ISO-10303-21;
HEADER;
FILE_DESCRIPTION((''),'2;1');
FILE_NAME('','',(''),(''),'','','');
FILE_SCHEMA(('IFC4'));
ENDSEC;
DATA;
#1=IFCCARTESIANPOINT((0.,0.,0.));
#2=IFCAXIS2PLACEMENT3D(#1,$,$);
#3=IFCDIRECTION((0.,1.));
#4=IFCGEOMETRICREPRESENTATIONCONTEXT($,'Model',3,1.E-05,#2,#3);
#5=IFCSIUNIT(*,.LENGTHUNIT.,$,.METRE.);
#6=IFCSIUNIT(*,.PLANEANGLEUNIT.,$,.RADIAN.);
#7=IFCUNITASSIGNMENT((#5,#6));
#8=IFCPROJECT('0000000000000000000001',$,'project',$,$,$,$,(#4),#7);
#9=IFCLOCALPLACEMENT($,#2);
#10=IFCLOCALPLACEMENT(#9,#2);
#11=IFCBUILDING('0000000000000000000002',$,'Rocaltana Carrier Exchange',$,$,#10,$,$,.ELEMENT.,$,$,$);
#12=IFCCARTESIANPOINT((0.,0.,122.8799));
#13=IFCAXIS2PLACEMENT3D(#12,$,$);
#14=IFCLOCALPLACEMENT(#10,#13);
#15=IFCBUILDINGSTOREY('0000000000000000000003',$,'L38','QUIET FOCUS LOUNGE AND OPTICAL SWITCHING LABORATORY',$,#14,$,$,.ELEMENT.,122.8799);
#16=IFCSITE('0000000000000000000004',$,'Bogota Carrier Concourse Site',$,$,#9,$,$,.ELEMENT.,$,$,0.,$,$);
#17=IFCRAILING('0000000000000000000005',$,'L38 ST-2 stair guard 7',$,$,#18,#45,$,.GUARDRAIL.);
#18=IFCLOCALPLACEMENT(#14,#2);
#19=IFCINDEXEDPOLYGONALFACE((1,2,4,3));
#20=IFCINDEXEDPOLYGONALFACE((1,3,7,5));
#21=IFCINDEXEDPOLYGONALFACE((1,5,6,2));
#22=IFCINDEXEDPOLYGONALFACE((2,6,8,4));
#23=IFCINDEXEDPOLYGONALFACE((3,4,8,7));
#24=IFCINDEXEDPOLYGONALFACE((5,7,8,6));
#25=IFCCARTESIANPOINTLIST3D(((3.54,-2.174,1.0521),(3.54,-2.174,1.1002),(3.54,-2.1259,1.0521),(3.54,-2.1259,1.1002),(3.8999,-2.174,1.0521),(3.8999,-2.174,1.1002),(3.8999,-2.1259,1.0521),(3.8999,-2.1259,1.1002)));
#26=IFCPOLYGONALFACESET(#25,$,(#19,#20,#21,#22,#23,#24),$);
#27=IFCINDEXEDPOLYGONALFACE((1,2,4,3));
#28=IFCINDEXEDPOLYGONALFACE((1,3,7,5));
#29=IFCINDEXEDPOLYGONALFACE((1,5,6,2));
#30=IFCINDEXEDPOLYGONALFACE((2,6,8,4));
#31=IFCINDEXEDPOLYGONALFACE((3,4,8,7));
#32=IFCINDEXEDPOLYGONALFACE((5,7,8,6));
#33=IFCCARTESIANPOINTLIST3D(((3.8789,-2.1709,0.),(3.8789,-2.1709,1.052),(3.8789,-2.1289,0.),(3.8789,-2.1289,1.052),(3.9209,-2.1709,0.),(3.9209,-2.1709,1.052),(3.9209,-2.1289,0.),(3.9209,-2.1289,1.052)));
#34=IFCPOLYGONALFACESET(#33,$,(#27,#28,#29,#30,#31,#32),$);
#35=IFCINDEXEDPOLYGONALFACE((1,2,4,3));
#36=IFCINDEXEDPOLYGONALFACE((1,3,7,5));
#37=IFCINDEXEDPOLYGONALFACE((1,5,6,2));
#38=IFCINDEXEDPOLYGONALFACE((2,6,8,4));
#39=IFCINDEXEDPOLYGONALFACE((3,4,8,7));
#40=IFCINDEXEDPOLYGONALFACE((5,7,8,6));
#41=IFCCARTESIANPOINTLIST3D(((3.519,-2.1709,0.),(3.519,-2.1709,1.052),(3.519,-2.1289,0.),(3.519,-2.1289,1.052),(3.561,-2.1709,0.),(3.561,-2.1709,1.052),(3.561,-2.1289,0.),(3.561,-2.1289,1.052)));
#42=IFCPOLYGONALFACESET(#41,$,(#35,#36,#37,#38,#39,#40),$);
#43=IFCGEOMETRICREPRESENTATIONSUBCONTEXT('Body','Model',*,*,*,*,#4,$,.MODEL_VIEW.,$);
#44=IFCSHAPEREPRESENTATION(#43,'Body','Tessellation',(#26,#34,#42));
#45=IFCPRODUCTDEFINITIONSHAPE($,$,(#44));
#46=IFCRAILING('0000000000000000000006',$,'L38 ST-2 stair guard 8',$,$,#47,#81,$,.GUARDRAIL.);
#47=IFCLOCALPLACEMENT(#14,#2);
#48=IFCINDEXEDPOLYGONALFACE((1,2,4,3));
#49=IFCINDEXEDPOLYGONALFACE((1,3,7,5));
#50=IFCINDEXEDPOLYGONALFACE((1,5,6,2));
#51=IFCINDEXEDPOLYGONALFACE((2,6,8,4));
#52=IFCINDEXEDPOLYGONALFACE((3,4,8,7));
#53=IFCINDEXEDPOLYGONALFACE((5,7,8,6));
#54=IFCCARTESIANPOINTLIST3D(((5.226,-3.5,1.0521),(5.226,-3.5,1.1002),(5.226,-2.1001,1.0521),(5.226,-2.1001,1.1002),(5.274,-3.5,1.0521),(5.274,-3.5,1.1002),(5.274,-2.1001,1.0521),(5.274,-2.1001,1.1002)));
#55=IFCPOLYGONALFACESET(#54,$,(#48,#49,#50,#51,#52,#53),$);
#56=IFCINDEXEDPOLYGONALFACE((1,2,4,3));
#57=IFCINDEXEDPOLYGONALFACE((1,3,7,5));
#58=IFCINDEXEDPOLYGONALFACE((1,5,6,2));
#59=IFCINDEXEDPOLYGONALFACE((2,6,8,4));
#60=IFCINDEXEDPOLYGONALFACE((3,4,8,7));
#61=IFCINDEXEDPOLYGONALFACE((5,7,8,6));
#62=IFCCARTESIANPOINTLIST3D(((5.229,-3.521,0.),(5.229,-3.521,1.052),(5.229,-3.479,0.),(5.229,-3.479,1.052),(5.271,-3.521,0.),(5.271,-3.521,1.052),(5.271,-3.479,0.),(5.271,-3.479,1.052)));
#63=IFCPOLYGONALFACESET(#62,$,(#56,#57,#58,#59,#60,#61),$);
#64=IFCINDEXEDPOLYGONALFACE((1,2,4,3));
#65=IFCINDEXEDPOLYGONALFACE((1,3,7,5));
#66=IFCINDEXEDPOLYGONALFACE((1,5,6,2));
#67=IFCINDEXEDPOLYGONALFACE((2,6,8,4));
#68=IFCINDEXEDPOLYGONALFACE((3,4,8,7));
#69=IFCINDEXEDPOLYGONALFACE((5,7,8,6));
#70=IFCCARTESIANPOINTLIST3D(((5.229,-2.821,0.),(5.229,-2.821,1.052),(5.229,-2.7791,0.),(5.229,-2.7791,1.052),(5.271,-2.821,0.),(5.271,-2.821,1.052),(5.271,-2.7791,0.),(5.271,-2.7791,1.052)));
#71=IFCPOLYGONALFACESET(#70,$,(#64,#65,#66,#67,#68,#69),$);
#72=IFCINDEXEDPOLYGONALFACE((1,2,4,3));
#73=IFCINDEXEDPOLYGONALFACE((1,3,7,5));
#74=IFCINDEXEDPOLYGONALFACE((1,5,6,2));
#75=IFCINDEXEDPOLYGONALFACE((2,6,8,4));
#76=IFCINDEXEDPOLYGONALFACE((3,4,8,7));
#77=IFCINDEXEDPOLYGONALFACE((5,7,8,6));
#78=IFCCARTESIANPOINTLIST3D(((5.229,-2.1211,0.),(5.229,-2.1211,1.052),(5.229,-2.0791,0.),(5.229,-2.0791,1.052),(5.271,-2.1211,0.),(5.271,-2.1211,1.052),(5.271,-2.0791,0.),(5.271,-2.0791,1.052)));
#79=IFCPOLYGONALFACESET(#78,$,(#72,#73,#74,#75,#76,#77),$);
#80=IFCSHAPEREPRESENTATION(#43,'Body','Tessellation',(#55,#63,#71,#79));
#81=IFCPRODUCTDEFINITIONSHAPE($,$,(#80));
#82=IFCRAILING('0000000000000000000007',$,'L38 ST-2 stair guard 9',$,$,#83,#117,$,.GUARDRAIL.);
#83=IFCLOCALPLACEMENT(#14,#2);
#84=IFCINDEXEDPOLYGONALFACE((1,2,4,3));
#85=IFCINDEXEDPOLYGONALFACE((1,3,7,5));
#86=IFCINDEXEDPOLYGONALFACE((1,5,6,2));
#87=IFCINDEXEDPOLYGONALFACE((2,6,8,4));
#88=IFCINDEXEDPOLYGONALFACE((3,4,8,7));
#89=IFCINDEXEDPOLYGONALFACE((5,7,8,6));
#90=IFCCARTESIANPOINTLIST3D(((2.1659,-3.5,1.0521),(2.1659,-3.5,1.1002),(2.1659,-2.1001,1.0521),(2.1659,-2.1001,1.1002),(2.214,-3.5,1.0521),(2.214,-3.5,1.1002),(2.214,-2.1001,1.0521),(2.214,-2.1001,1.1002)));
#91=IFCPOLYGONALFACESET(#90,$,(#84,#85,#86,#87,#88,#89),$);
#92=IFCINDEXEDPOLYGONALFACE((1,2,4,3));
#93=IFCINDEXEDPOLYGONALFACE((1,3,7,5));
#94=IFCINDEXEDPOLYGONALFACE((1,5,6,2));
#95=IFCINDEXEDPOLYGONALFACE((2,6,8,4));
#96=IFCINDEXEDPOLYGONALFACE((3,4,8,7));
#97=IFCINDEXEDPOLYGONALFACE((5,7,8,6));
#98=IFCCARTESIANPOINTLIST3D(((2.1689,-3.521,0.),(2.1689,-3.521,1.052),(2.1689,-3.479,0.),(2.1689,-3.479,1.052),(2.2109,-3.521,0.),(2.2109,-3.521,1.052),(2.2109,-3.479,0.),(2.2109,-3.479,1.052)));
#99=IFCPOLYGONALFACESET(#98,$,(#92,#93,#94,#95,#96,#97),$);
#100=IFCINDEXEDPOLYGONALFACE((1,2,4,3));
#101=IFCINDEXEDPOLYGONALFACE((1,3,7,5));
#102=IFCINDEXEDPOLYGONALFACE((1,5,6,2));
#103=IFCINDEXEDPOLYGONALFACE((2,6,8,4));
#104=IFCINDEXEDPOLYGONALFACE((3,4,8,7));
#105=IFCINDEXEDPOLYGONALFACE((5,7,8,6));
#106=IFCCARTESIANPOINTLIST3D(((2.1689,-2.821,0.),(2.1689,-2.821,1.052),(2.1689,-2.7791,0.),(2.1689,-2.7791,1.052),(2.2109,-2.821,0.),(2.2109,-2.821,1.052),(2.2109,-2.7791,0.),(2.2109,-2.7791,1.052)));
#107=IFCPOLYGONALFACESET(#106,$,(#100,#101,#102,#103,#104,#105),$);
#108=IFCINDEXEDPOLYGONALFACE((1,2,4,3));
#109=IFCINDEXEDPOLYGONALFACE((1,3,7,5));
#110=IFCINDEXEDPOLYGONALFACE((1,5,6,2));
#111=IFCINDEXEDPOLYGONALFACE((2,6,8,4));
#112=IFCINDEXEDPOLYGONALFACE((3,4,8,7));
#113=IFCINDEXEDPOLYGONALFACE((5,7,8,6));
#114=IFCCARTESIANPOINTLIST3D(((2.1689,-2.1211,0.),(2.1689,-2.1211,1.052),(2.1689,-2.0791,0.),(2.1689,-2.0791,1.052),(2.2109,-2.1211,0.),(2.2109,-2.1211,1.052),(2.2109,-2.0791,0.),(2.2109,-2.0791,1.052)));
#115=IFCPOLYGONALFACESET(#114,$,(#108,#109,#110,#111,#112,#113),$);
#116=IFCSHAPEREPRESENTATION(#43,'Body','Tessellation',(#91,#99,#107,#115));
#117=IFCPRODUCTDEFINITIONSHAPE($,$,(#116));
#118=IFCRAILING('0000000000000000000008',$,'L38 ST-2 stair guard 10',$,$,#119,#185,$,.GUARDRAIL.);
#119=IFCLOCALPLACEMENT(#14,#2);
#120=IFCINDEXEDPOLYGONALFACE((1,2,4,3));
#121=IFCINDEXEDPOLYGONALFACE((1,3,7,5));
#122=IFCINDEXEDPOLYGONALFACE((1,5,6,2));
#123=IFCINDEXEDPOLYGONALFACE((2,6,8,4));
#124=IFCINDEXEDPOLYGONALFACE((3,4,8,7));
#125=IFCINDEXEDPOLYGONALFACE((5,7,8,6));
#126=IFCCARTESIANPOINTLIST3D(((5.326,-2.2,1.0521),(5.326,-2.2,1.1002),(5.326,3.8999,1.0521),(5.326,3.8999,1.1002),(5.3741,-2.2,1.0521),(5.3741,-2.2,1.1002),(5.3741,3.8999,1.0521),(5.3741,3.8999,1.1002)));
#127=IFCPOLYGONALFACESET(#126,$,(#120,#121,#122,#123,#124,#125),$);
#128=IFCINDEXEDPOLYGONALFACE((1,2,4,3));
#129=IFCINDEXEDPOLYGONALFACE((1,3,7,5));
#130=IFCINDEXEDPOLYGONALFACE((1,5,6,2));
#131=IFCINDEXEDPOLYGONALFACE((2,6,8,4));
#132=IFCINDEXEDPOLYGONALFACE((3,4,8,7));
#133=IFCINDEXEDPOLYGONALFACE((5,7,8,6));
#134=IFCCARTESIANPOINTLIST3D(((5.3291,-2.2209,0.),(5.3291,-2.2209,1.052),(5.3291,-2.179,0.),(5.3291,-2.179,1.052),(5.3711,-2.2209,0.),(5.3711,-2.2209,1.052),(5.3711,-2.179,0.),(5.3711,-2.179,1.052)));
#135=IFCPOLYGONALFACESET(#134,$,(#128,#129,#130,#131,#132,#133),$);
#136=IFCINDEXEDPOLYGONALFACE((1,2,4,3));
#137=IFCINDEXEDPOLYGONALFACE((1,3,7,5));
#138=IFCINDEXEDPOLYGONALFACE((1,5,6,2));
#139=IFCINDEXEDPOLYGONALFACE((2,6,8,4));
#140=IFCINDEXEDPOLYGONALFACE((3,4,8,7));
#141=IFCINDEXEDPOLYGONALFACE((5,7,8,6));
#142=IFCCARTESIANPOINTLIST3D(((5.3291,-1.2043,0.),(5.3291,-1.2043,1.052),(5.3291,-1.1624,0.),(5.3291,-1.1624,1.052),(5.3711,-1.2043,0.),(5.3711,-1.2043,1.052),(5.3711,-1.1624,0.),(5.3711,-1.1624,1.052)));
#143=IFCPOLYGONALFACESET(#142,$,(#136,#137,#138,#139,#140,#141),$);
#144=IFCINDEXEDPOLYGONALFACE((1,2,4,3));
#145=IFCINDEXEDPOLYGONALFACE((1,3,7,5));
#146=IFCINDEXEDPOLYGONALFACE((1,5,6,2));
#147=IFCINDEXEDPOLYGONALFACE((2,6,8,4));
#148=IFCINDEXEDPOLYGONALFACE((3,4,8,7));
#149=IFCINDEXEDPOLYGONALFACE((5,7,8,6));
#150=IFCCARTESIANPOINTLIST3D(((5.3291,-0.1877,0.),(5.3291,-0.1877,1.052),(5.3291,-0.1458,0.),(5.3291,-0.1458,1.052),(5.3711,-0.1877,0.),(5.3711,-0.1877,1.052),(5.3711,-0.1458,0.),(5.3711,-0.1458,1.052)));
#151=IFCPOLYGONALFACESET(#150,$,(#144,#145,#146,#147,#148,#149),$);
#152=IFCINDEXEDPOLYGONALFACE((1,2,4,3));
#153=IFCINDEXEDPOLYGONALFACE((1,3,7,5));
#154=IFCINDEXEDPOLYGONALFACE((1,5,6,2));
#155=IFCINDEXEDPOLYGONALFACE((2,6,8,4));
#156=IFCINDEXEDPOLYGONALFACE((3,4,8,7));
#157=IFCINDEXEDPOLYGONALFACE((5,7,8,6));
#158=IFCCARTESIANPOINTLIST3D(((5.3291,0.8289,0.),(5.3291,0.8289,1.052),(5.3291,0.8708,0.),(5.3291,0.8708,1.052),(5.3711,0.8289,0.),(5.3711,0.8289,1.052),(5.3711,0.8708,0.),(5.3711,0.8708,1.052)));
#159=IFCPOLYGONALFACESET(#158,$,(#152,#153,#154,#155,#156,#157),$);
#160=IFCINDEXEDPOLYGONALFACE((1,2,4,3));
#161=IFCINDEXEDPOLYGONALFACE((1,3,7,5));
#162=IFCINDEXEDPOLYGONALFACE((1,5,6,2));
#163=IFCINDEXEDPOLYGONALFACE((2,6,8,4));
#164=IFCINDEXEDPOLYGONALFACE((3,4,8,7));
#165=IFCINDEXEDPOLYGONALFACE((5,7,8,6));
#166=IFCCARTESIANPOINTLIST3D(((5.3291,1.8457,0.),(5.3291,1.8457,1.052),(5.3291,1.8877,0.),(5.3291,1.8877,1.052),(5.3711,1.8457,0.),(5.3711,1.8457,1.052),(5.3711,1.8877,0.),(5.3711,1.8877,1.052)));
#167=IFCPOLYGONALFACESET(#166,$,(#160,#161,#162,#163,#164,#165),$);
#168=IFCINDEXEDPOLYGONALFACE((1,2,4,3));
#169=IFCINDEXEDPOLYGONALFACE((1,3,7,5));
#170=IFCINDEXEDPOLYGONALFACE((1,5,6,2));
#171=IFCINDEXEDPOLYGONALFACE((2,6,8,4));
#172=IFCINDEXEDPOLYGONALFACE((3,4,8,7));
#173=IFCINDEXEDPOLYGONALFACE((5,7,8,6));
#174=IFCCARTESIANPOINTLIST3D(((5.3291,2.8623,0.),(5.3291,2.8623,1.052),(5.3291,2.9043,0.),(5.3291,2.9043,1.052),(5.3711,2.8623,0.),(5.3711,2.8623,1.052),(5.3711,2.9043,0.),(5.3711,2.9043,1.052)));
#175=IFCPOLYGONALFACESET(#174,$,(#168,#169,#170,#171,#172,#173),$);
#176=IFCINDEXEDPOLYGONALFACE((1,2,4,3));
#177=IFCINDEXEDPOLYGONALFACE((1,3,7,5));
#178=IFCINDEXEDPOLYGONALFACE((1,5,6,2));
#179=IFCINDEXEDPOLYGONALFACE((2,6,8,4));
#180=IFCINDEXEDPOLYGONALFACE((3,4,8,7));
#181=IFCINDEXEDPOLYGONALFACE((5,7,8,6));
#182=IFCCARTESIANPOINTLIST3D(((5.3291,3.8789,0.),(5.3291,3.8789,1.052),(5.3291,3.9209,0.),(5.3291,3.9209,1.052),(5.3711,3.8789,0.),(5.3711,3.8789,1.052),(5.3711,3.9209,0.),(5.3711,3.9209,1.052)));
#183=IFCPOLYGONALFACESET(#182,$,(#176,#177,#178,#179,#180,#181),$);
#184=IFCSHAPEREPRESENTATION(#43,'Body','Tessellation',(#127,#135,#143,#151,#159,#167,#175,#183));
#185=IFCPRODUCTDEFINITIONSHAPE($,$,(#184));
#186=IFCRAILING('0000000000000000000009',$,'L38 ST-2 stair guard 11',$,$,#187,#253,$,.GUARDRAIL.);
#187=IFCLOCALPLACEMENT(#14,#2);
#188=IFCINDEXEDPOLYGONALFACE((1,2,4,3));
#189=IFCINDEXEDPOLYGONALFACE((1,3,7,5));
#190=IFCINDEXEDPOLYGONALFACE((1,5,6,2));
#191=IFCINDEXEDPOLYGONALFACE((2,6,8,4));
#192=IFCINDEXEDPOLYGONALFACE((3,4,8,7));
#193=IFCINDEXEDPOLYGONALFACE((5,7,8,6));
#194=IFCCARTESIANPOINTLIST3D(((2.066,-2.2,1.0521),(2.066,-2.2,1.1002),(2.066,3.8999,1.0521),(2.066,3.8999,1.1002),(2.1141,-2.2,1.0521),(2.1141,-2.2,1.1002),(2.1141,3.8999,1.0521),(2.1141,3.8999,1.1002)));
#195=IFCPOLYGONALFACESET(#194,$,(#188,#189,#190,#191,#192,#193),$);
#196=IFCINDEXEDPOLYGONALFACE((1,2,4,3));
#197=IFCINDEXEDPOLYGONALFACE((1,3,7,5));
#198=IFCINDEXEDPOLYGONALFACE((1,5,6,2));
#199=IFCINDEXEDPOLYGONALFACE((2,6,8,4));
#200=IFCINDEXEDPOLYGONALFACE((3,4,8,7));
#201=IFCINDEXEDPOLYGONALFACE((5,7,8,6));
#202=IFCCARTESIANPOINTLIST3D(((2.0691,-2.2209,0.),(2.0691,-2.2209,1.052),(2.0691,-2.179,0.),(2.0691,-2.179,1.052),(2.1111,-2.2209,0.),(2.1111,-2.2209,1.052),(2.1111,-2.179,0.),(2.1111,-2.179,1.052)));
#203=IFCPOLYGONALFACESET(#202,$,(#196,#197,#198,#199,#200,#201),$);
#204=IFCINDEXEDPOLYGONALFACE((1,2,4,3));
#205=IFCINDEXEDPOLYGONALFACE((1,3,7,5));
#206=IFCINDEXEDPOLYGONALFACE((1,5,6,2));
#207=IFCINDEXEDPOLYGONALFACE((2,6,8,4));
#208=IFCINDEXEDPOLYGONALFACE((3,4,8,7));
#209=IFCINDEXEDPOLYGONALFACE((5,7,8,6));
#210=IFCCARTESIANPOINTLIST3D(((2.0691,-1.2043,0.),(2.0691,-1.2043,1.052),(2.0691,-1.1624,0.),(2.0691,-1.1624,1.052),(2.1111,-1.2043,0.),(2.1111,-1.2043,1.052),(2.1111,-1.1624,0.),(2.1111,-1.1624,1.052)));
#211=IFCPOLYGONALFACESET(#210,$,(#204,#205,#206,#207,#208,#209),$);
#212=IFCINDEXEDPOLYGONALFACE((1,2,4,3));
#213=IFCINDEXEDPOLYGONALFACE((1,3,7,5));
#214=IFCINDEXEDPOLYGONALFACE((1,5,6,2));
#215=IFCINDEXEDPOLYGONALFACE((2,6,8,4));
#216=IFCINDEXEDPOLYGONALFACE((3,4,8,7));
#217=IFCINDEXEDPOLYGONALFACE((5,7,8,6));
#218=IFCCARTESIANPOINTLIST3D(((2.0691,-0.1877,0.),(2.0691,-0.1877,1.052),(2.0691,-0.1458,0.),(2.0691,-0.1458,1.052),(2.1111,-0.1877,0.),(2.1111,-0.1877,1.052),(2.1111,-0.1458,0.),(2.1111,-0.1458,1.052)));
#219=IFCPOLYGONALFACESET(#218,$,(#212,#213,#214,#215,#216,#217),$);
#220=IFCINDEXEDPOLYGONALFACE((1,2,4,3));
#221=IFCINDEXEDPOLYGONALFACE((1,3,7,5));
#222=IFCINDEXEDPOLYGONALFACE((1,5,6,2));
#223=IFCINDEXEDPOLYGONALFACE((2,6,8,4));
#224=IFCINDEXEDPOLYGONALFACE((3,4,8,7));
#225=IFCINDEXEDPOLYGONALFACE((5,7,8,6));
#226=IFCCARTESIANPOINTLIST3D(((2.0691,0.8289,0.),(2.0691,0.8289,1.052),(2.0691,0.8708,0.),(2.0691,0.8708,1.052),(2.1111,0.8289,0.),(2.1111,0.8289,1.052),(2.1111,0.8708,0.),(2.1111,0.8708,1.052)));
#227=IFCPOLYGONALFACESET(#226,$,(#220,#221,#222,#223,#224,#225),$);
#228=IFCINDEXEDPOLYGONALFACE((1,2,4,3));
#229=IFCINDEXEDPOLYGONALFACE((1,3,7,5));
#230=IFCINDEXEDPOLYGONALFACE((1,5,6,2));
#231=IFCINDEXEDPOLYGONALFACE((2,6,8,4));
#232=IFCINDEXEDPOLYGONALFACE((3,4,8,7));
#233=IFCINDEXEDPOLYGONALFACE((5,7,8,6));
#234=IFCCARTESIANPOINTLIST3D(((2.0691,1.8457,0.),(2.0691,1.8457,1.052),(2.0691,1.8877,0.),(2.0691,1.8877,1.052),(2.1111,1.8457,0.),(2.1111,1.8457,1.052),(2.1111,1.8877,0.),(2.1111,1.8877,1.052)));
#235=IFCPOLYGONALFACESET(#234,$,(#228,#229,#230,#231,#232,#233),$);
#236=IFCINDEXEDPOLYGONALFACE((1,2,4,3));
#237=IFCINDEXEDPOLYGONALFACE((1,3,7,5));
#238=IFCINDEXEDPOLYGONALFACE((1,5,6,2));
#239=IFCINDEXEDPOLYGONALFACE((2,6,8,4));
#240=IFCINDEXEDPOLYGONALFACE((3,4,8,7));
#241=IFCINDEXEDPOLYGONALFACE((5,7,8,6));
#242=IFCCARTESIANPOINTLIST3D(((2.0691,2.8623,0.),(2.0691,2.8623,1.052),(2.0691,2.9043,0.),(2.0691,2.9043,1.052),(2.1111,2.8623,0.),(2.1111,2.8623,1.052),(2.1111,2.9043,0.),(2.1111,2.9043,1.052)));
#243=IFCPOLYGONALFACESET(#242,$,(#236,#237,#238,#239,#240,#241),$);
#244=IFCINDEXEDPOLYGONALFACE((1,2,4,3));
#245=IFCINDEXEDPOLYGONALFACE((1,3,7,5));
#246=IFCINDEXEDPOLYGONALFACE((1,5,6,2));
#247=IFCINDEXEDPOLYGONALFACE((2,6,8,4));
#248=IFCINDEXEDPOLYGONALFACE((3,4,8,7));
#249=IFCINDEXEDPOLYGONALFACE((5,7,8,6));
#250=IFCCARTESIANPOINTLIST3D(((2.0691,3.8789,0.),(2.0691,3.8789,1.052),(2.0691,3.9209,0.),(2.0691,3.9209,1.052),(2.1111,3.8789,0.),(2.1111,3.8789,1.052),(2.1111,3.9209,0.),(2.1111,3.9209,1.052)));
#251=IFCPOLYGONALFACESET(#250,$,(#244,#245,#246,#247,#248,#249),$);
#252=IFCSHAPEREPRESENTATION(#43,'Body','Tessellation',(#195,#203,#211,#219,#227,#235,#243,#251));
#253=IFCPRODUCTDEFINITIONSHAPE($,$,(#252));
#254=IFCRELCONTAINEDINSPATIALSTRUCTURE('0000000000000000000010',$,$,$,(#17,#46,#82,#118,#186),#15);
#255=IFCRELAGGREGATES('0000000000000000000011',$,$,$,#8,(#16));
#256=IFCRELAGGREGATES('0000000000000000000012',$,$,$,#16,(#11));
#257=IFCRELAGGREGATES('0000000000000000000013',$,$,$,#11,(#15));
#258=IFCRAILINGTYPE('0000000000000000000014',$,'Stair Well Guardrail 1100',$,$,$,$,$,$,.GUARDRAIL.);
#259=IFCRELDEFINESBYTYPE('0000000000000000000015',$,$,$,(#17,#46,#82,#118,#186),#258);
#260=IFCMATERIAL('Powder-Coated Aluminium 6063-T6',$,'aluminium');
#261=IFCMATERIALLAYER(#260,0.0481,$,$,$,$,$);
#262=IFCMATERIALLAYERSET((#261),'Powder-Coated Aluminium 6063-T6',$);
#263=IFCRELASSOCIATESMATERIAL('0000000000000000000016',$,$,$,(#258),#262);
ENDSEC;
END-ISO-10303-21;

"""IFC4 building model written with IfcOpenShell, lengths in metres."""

from ifc_helpers import new_model, si_unit, direction, frame, origin, origin_2d, place, context, subcontext, project, spatial, rectangle, extrude, material, layer, layer_set, type_object, element, save


model = new_model("IFC4")

# Units and contexts
model_context = context("Model", 3, precision=1e-05, world=origin(), true_north=direction((0.0, 1.0)))
body_context = subcontext(model_context, "Body", "Model", "MODEL_VIEW")
ifc_project = project(units=[si_unit("LENGTHUNIT", "METRE"), si_unit("PLANEANGLEUNIT", "RADIAN")], contexts=[model_context])

# Site, building, storey
site_placement = place(None, origin())
site = spatial("IfcSite", under=ifc_project, at=site_placement, Name="Bogota Carrier Concourse Site", CompositionType="ELEMENT", RefElevation=0.0)
building_placement = place(site_placement, origin())
building = spatial("IfcBuilding", under=site, at=building_placement, Name="Rocaltana Carrier Exchange", CompositionType="ELEMENT")
storey_placement = place(building_placement, frame((0.0, 0.0, 122.8799)))
storey = spatial("IfcBuildingStorey", under=building, at=storey_placement, Name="L38", Description="QUIET FOCUS LOUNGE AND OPTICAL SWITCHING LABORATORY", CompositionType="ELEMENT", Elevation=122.8799)

# Railings
ifc_material_1 = material(Name="Powder-Coated Aluminium 6063-T6", Category="aluminium")
ifc_layer_1 = layer(ifc_material_1, 0.0481)
ifc_layer_set_1 = layer_set([ifc_layer_1], Name="Powder-Coated Aluminium 6063-T6")
railing_type_1 = type_object("IfcRailingType", Name="Stair Well Guardrail 1100", PredefinedType="GUARDRAIL", material=ifc_layer_set_1)
railing_1_placement = place(storey_placement, frame((3.8999, -2.1499, 0.0)))
element("IfcRailing", 1, at=railing_1_placement, inside=storey, type_object=railing_type_1, Name="L38 ST-2 stair guard 7", PredefinedType="GUARDRAIL", context=body_context, shape_type="SweptSolid", body=[
    extrude(rectangle(XDim=0.0481, YDim=0.0481, at=origin_2d()), frame((0.0, 0.0, 1.0762), z_axis=(-1.0, 0.0, 0.0), x_axis=(0.0, -1.0, 0.0)), (0.0, 0.0, 1.0), 0.3599),
    extrude(rectangle(XDim=0.042, YDim=0.042, at=origin_2d()), origin(), (0.0, 0.0, 1.0), 1.052),
    extrude(rectangle(XDim=0.042, YDim=0.042, at=origin_2d()), frame((-0.3599, 0.0, 0.0)), (0.0, 0.0, 1.0), 1.052),
])
for number, where, name in (
    (2, (5.25, -3.5, 0.0), "L38 ST-2 stair guard 8"),
    (3, (2.1899, -3.5, 0.0), "L38 ST-2 stair guard 9"),
):
    element("IfcRailing", number, at=place(storey_placement, frame(where)), inside=storey, type_object=railing_type_1, Name=name, PredefinedType="GUARDRAIL", context=body_context, shape_type="SweptSolid", body=[
        extrude(rectangle(XDim=0.0481, YDim=0.0481, at=origin_2d()), frame((0.0, 0.0, 1.0762), z_axis=(0.0, 1.0, 0.0), x_axis=(-1.0, 0.0, 0.0)), (0.0, 0.0, 1.0), 1.3999),
        extrude(rectangle(XDim=0.042, YDim=0.042, at=origin_2d()), origin(), (0.0, 0.0, 1.0), 1.052),
        extrude(rectangle(XDim=0.042, YDim=0.042, at=origin_2d()), frame((0.0, 0.7, 0.0)), (0.0, 0.0, 1.0), 1.052),
        extrude(rectangle(XDim=0.042, YDim=0.042, at=origin_2d()), frame((0.0, 1.3999, 0.0)), (0.0, 0.0, 1.0), 1.052),
    ])
for number, where, name in (
    (4, (5.3501, -2.2, 0.0), "L38 ST-2 stair guard 10"),
    (5, (2.0901, -2.2, 0.0), "L38 ST-2 stair guard 11"),
):
    element("IfcRailing", number, at=place(storey_placement, frame(where)), inside=storey, type_object=railing_type_1, Name=name, PredefinedType="GUARDRAIL", context=body_context, shape_type="SweptSolid", body=[
        extrude(rectangle(XDim=0.0481, YDim=0.0481, at=origin_2d()), frame((0.0, 0.0, 1.0762), z_axis=(0.0, 1.0, 0.0), x_axis=(-1.0, 0.0, 0.0)), (0.0, 0.0, 1.0), 6.0999),
        extrude(rectangle(XDim=0.042, YDim=0.042, at=origin_2d()), origin(), (0.0, 0.0, 1.0), 1.052),
        extrude(rectangle(XDim=0.042, YDim=0.042, at=origin_2d()), frame((0.0, 1.0166, 0.0)), (0.0, 0.0, 1.0), 1.052),
        extrude(rectangle(XDim=0.042, YDim=0.042, at=origin_2d()), frame((0.0, 2.0332, 0.0)), (0.0, 0.0, 1.0), 1.052),
        extrude(rectangle(XDim=0.042, YDim=0.042, at=origin_2d()), frame((0.0, 3.0498, 0.0)), (0.0, 0.0, 1.0), 1.052),
        extrude(rectangle(XDim=0.042, YDim=0.042, at=origin_2d()), frame((0.0, 4.0667, 0.0)), (0.0, 0.0, 1.0), 1.052),
        extrude(rectangle(XDim=0.042, YDim=0.042, at=origin_2d()), frame((0.0, 5.0833, 0.0)), (0.0, 0.0, 1.0), 1.052),
        extrude(rectangle(XDim=0.042, YDim=0.042, at=origin_2d()), frame((0.0, 6.0999, 0.0)), (0.0, 0.0, 1.0), 1.052),
    ])

save(model, "model.ifc")
